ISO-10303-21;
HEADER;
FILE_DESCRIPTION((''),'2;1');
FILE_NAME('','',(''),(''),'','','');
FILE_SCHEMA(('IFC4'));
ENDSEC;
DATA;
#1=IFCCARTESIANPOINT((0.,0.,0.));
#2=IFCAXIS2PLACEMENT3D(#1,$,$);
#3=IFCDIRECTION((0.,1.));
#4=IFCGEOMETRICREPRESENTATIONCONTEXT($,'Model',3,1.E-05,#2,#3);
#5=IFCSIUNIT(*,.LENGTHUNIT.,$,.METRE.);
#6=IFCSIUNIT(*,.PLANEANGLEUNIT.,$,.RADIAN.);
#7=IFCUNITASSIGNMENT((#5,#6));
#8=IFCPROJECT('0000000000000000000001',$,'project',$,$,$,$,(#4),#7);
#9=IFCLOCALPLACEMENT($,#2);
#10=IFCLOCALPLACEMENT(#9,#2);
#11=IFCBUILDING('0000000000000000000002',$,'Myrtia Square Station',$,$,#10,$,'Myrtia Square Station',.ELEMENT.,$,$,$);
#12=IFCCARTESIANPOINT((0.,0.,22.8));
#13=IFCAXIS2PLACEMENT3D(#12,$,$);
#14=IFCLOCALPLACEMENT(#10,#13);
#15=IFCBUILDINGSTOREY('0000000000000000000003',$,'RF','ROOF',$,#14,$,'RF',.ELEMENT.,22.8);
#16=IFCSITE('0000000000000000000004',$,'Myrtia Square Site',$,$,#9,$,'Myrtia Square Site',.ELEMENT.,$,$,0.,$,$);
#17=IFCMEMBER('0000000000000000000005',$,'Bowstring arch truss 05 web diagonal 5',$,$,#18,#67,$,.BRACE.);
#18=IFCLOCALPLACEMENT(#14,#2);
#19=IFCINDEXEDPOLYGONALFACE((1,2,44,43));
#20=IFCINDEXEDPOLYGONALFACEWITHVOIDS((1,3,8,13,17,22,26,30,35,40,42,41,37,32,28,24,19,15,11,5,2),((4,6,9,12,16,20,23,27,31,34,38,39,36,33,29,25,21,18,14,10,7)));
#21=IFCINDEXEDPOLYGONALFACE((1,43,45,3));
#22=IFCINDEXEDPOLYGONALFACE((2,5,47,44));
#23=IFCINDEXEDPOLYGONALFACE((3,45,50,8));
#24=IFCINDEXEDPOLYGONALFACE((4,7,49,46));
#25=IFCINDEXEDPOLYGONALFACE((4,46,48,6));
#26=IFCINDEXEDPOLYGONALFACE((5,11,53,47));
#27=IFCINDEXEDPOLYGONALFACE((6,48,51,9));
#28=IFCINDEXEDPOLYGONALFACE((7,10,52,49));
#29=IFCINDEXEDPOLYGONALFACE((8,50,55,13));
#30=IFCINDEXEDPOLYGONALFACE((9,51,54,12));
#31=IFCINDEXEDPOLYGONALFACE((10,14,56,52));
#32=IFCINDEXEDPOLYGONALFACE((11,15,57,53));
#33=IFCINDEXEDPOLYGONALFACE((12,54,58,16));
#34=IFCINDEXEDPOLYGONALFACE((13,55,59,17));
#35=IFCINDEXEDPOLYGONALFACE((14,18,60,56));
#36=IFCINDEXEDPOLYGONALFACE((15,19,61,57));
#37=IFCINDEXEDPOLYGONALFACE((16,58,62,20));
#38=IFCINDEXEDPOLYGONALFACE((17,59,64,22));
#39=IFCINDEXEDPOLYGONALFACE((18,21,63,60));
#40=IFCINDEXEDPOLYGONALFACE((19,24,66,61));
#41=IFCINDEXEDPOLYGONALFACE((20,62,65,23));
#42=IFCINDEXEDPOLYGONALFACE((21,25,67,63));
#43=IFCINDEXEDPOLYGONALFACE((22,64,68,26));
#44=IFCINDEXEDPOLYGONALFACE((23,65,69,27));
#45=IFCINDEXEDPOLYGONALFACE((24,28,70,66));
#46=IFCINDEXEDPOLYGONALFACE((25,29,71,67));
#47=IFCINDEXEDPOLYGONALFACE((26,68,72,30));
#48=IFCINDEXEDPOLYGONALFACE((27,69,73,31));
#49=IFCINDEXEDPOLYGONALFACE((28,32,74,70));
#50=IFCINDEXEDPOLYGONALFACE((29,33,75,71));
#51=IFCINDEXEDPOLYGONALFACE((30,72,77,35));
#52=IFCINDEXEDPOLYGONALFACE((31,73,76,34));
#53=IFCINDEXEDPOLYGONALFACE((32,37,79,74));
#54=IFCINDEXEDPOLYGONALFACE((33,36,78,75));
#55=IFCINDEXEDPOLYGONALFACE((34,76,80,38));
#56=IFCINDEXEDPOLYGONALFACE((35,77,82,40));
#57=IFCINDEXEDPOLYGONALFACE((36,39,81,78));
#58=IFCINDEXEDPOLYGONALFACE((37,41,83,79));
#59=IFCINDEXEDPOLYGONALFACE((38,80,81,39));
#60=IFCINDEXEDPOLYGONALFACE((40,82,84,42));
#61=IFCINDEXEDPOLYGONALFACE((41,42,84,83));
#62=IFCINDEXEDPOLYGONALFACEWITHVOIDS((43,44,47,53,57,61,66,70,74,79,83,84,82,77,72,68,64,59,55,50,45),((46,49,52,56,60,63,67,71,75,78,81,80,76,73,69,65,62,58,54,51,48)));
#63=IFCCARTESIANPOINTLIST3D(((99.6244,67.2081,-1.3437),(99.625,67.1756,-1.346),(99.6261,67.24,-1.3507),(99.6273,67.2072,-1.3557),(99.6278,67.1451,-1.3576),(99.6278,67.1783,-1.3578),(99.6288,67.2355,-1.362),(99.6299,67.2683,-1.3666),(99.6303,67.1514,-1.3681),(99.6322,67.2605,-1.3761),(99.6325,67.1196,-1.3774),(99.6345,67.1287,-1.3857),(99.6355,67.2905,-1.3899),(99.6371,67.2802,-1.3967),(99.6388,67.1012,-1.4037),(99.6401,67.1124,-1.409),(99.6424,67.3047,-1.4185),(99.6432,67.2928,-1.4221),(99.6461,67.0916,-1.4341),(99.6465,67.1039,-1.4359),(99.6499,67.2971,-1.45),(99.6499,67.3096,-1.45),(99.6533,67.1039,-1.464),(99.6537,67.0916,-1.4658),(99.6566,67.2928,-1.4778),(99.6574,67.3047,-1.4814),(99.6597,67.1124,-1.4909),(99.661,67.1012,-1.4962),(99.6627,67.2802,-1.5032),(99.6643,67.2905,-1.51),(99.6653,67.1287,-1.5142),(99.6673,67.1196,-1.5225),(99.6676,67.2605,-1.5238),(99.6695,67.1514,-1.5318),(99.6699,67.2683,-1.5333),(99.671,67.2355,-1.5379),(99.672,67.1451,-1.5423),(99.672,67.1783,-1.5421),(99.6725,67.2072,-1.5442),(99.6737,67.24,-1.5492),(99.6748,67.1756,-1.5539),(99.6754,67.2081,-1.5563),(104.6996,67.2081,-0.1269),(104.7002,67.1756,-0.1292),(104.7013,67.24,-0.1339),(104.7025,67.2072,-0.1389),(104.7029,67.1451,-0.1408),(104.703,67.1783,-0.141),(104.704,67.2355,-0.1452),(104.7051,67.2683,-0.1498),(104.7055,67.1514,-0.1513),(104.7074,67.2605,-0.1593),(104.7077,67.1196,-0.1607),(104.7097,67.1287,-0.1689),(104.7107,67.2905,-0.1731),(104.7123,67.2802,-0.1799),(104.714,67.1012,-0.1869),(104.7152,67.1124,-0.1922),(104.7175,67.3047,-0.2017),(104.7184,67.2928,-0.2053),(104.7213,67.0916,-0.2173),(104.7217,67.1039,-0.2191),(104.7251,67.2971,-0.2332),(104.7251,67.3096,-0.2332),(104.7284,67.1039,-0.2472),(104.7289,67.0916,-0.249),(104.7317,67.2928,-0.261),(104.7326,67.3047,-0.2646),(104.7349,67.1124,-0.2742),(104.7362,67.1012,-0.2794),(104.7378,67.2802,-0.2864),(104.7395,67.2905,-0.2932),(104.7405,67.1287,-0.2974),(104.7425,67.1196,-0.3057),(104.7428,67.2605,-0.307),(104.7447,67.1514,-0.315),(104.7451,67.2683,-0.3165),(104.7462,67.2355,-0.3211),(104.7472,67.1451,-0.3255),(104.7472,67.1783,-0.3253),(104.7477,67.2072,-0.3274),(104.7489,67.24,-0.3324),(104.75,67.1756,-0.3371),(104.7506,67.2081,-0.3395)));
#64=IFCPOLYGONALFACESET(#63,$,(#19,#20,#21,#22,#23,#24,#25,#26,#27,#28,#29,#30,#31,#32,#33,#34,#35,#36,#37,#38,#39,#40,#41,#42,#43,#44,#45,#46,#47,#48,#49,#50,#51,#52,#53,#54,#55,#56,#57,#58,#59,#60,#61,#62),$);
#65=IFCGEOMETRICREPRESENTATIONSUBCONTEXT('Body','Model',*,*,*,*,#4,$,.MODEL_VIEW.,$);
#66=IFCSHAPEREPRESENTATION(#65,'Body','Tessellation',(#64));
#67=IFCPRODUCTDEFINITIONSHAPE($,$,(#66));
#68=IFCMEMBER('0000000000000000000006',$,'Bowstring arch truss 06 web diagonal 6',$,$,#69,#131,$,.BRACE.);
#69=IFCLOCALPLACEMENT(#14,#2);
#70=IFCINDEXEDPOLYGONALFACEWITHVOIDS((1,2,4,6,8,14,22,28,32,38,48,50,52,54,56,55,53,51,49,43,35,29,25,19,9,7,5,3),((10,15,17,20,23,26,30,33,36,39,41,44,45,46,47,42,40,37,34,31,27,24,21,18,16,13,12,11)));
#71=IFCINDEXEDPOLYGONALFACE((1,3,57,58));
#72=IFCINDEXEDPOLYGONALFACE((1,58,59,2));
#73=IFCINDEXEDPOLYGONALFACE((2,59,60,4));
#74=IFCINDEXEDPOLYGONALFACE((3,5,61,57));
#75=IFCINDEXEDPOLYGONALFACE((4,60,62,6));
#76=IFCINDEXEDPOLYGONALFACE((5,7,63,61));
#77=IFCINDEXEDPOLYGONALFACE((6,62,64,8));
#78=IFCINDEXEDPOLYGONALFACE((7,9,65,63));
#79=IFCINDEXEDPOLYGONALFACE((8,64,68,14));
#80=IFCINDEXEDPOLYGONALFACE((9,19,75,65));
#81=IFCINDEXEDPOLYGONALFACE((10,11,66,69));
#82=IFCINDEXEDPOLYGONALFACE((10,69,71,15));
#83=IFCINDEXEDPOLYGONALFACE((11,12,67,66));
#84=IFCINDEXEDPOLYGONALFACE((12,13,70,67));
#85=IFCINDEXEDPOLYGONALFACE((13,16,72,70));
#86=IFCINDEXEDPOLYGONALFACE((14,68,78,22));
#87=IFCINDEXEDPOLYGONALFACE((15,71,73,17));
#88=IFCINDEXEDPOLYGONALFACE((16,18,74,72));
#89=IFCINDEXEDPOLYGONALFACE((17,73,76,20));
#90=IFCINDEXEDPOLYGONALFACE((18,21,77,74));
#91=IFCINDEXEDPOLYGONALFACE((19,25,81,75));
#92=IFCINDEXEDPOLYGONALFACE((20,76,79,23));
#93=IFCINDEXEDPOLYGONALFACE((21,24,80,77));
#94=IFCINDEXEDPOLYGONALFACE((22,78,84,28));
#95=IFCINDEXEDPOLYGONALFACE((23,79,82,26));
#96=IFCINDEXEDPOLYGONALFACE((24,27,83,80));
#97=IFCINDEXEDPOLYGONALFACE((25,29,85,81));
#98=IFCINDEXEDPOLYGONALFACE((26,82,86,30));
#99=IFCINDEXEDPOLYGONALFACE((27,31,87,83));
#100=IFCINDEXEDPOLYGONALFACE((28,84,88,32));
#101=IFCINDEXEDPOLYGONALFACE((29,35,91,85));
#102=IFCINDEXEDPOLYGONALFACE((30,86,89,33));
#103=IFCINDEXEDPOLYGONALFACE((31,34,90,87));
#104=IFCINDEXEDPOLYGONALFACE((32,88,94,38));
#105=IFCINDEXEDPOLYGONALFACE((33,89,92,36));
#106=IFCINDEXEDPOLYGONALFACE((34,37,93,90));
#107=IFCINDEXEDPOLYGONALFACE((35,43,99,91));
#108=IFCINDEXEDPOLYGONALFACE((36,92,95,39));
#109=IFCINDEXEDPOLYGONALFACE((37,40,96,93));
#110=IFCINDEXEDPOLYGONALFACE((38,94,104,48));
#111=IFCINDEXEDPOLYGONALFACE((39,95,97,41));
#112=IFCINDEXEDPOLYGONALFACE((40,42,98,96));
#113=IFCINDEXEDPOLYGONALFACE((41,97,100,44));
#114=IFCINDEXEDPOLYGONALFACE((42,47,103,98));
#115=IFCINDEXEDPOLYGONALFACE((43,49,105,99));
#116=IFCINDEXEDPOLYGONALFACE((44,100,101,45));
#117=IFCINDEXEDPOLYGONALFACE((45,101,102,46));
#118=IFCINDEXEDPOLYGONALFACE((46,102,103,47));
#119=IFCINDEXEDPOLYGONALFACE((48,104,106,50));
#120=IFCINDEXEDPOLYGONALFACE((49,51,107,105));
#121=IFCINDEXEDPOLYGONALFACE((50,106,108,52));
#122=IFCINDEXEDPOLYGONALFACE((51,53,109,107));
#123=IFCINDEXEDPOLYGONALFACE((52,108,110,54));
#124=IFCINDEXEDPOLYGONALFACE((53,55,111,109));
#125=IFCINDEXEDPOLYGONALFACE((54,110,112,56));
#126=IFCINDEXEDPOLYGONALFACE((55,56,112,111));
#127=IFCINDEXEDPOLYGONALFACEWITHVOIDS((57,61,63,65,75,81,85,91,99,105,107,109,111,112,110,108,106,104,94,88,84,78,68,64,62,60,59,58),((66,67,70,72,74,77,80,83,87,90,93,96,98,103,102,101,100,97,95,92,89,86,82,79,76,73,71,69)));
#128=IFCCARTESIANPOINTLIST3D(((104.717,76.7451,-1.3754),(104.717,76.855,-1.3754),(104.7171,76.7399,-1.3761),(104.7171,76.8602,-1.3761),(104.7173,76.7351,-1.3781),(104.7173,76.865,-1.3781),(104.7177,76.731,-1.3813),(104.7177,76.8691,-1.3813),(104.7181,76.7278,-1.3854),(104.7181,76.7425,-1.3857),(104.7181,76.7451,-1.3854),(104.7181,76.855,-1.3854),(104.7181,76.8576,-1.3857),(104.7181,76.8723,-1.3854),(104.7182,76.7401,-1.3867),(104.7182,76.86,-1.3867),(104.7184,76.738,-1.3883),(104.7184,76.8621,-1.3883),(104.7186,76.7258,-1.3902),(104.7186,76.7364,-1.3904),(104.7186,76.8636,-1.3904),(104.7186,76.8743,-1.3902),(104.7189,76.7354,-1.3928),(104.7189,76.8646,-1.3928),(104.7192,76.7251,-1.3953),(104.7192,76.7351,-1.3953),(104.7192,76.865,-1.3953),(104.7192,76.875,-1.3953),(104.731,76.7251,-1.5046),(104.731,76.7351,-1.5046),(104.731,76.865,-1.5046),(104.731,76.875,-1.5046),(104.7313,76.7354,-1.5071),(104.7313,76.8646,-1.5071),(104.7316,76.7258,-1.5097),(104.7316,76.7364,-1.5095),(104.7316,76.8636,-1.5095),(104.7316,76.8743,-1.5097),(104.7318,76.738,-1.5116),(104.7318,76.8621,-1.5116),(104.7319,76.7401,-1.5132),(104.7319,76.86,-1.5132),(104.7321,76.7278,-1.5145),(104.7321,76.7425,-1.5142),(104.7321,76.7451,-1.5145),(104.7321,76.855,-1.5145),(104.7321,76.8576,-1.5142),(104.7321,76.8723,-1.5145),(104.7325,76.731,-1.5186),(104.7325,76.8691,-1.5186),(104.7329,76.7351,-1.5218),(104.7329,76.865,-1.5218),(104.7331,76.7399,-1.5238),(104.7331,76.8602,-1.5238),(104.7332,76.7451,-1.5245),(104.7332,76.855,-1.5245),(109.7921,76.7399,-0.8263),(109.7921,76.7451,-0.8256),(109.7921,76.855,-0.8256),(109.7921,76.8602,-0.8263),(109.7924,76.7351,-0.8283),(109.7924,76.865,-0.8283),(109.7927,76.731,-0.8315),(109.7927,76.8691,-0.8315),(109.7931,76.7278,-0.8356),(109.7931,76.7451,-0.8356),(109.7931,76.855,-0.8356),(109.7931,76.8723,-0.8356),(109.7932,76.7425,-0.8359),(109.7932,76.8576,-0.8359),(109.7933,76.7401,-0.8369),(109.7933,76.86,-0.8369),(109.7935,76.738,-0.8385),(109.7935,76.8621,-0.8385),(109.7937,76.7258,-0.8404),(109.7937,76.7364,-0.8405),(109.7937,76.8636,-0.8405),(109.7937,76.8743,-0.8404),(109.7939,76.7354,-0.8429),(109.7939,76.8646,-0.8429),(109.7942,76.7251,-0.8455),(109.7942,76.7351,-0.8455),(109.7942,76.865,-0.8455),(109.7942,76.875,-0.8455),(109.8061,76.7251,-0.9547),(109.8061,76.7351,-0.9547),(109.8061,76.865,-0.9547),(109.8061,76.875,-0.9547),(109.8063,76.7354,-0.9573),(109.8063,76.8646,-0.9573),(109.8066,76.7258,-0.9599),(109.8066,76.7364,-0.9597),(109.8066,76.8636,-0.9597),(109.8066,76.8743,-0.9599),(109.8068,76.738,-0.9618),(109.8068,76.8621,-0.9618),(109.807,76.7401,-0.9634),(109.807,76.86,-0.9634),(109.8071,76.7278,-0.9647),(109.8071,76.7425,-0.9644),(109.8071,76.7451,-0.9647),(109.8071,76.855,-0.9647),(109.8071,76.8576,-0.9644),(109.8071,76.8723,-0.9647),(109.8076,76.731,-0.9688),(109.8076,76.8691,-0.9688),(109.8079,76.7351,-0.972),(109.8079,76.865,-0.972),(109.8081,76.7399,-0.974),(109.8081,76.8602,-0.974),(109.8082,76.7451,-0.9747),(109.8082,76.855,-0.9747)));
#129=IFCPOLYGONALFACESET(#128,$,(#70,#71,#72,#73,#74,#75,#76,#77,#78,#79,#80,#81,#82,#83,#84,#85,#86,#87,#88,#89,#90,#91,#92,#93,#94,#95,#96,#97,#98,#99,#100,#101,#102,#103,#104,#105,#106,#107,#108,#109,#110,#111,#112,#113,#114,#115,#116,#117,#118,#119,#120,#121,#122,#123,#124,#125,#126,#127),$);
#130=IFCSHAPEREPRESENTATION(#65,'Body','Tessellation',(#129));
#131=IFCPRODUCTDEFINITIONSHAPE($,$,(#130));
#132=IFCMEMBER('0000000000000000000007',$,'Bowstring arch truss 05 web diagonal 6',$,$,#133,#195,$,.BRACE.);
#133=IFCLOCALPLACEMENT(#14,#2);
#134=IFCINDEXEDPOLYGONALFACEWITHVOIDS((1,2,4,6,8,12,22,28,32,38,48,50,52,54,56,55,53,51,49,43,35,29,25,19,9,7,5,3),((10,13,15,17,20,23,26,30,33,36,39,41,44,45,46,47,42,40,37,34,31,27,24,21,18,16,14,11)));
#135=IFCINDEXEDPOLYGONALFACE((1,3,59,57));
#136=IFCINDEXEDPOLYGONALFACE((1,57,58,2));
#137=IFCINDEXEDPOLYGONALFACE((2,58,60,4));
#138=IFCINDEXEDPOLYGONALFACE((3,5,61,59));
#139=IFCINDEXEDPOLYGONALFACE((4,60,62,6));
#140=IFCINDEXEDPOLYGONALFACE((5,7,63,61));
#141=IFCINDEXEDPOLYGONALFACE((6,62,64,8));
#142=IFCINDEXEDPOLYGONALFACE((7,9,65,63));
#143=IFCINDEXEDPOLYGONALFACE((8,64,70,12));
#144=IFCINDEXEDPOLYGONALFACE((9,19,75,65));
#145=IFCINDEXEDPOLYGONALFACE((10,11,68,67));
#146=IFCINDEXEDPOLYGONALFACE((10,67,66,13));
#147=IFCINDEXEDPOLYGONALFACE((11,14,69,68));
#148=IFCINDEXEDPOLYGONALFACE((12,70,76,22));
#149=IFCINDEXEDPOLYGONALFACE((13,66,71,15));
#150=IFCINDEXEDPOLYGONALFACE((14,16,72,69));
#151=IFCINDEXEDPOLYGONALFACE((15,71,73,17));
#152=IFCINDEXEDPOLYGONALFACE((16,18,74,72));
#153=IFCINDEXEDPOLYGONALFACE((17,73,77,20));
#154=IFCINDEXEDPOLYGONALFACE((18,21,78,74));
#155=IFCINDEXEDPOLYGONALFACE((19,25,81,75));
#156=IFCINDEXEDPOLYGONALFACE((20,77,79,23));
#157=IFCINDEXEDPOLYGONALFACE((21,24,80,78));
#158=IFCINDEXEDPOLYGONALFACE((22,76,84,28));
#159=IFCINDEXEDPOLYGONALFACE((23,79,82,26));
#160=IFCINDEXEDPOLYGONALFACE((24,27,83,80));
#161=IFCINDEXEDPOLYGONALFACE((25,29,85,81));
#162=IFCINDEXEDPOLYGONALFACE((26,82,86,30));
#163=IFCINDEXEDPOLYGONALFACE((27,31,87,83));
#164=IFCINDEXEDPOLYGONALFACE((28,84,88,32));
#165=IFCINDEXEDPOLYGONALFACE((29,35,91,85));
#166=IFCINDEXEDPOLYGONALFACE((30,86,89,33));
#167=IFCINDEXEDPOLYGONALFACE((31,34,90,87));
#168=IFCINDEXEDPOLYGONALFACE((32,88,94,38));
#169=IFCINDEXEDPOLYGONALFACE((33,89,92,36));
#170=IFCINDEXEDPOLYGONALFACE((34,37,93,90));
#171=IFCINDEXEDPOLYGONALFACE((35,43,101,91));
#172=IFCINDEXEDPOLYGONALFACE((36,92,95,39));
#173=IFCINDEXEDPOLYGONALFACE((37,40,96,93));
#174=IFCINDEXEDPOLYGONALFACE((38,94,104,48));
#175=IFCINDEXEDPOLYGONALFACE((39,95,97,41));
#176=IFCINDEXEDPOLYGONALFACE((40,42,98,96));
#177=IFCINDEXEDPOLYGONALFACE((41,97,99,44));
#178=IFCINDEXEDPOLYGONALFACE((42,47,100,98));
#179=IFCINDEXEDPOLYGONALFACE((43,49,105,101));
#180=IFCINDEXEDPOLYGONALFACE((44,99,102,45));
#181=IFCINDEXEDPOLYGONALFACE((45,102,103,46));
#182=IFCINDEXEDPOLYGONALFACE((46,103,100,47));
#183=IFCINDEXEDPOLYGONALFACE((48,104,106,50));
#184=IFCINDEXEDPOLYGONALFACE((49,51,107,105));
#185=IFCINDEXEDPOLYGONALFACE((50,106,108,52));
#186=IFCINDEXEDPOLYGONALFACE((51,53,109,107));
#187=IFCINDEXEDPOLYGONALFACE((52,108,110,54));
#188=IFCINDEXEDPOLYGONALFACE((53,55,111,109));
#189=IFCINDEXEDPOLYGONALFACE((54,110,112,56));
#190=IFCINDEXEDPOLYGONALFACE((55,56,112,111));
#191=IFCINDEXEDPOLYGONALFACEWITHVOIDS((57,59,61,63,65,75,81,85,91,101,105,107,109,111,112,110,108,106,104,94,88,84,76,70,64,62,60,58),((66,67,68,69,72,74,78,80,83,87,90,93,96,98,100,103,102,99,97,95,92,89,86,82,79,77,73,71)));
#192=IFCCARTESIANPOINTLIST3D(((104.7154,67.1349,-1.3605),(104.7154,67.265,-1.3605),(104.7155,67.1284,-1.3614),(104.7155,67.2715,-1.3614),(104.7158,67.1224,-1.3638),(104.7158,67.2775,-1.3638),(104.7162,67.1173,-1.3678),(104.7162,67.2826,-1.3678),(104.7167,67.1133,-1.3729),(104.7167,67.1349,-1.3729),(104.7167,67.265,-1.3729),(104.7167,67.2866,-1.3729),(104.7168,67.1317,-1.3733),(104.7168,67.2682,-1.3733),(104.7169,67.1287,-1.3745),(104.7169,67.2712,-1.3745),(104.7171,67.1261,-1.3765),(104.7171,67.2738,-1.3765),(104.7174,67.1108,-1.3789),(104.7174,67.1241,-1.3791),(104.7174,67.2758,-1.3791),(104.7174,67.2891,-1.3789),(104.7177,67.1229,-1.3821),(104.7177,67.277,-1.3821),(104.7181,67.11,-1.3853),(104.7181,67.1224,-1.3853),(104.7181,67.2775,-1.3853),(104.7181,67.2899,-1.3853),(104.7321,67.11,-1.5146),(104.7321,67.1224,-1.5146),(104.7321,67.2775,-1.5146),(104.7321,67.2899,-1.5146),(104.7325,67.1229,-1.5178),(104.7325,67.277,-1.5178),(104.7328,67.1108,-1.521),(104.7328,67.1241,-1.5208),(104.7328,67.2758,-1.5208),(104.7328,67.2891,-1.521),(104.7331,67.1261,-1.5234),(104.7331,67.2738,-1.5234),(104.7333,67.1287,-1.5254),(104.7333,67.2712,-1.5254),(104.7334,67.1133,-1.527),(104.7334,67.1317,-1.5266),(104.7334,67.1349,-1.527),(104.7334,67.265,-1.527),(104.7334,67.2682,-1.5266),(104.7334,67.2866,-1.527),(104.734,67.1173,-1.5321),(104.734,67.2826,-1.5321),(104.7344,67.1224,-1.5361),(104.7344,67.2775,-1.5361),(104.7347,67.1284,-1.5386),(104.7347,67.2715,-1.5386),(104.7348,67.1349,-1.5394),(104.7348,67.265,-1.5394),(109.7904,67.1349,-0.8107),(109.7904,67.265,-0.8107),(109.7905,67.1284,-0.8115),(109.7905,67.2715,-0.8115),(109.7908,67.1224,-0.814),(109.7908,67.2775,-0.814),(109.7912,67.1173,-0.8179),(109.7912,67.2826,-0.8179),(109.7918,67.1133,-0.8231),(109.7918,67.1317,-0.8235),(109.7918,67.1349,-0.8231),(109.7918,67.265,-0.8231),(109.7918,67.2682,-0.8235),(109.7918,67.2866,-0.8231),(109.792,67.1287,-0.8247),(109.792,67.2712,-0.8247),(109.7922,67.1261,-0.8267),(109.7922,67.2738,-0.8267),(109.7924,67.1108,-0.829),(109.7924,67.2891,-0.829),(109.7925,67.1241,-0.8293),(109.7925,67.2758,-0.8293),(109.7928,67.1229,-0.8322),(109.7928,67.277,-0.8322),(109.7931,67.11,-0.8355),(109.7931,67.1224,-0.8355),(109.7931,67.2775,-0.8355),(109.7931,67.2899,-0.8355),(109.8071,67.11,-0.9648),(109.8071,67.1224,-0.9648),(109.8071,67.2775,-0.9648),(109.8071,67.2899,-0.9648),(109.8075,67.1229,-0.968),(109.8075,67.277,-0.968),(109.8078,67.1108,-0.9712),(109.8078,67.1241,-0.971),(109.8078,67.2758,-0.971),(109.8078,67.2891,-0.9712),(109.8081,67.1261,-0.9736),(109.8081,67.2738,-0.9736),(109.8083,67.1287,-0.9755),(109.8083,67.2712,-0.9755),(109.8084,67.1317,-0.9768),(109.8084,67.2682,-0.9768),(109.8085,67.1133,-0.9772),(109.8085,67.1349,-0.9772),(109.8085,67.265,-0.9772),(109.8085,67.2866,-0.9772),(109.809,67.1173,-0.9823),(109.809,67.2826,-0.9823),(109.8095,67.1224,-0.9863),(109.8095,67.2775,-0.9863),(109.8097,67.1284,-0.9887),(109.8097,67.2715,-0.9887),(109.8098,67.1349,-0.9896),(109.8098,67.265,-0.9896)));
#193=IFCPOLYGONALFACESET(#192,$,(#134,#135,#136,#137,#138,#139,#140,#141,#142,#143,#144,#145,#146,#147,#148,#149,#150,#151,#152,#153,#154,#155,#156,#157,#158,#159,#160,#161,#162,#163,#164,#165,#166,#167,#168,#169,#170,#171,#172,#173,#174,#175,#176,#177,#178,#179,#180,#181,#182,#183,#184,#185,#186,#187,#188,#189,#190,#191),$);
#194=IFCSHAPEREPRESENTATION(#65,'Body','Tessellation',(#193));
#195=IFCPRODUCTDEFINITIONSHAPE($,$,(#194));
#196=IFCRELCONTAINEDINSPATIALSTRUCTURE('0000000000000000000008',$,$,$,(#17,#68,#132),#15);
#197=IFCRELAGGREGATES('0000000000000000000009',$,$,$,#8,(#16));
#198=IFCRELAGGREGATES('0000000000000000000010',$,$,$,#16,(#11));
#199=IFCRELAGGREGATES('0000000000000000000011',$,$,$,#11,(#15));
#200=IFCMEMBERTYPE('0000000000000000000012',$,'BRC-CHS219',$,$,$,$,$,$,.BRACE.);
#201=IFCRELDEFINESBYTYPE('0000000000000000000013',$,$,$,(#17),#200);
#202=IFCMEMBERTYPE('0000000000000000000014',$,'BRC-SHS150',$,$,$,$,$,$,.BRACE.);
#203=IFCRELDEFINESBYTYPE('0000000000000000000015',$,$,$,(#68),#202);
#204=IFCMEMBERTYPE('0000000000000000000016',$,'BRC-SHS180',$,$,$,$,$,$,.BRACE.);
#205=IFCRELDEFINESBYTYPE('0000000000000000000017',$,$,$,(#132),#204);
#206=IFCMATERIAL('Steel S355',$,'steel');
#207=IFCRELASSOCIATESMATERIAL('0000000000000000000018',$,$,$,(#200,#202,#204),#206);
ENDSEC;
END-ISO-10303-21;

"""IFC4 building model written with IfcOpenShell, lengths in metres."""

from ifc_helpers import new_model, si_unit, direction, frame, origin, origin_2d, place, context, subcontext, project, spatial, hollow_rectangle, hollow_circle, extrude, material, material_profile, profile_set, type_object, element, save


model = new_model("IFC4")

# Units and contexts
model_context = context("Model", 3, precision=1e-05, world=origin(), true_north=direction((0.0, 1.0)))
body_context = subcontext(model_context, "Body", "Model", "MODEL_VIEW")
ifc_project = project(units=[si_unit("LENGTHUNIT", "METRE"), si_unit("PLANEANGLEUNIT", "RADIAN")], contexts=[model_context])

# Site, building, storey
site_placement = place(None, origin())
site = spatial("IfcSite", under=ifc_project, at=site_placement, Name="Myrtia Square Site", LongName="Myrtia Square Site", CompositionType="ELEMENT", RefElevation=0.0)
building_placement = place(site_placement, origin())
building = spatial("IfcBuilding", under=site, at=building_placement, Name="Myrtia Square Station", LongName="Myrtia Square Station", CompositionType="ELEMENT")
storey_placement = place(building_placement, frame((0.0, 0.0, 22.8)))
storey = spatial("IfcBuildingStorey", under=building, at=storey_placement, Name="RF", Description="ROOF", LongName="RF", CompositionType="ELEMENT", Elevation=22.8)

# Members
ifc_material_1 = material(Name="Steel S355", Category="steel")
ifc_material_profile_1 = material_profile(ifc_material_1, hollow_circle(Radius=0.1096, WallThickness=0.0125, at=origin_2d()), Name="CHS 219.1x12.5")
ifc_profile_set_1 = profile_set([ifc_material_profile_1], Name="Steel S355")
member_type_1 = type_object("IfcMemberType", Name="BRC-CHS219", PredefinedType="BRACE", material=ifc_profile_set_1)
member_1_placement = place(storey_placement, frame((99.6499, 67.2, -1.45), z_axis=(0.972442, 0.0, 0.233146), x_axis=(0.0, 1.0, 0.0)))
element("IfcMember", 1, at=member_1_placement, inside=storey, type_object=member_type_1, Name="Bowstring arch truss 05 web diagonal 5", PredefinedType="BRACE", context=body_context, shape_type="SweptSolid", body=[
    extrude(hollow_circle(Radius=0.1096, WallThickness=0.0125, at=origin_2d()), origin(), (0.0, 0.0, 1.0), 5.219),
])
ifc_material_profile_2 = material_profile(ifc_material_1, hollow_rectangle(XDim=0.1499, YDim=0.1499, WallThickness=0.01, InnerFilletRadius=0.01, OuterFilletRadius=0.02, at=origin_2d()), Name="SHS 150x150x10")
ifc_profile_set_2 = profile_set([ifc_material_profile_2], Name="Steel S355")
member_type_2 = type_object("IfcMemberType", Name="BRC-SHS150", PredefinedType="BRACE", material=ifc_profile_set_2)
member_2_placement = place(storey_placement, frame((104.7251, 76.8, -1.45), z_axis=(0.994183, 0.0, 0.107707), x_axis=(0.0, 1.0, 0.0)))
element("IfcMember", 2, at=member_2_placement, inside=storey, type_object=member_type_2, Name="Bowstring arch truss 06 web diagonal 6", PredefinedType="BRACE", context=body_context, shape_type="SweptSolid", body=[
    extrude(hollow_rectangle(XDim=0.1499, YDim=0.1499, WallThickness=0.01, InnerFilletRadius=0.01, OuterFilletRadius=0.02, at=origin_2d()), origin(), (0.0, 0.0, 1.0), 5.1047),
])
ifc_material_profile_3 = material_profile(ifc_material_1, hollow_rectangle(XDim=0.1799, YDim=0.1799, WallThickness=0.0125, InnerFilletRadius=0.0125, OuterFilletRadius=0.0249, at=origin_2d()), Name="SHS 180x180x12.5")
ifc_profile_set_3 = profile_set([ifc_material_profile_3], Name="Steel S355")
member_type_3 = type_object("IfcMemberType", Name="BRC-SHS180", PredefinedType="BRACE", material=ifc_profile_set_3)
member_3_placement = place(storey_placement, frame((104.7251, 67.2, -1.45), z_axis=(0.994183, 0.0, 0.107707), x_axis=(0.0, 1.0, 0.0)))
element("IfcMember", 3, at=member_3_placement, inside=storey, type_object=member_type_3, Name="Bowstring arch truss 05 web diagonal 6", PredefinedType="BRACE", context=body_context, shape_type="SweptSolid", body=[
    extrude(hollow_rectangle(XDim=0.1799, YDim=0.1799, WallThickness=0.0125, InnerFilletRadius=0.0125, OuterFilletRadius=0.0249, at=origin_2d()), origin(), (0.0, 0.0, 1.0), 5.1047),
])

save(model, "model.ifc")
